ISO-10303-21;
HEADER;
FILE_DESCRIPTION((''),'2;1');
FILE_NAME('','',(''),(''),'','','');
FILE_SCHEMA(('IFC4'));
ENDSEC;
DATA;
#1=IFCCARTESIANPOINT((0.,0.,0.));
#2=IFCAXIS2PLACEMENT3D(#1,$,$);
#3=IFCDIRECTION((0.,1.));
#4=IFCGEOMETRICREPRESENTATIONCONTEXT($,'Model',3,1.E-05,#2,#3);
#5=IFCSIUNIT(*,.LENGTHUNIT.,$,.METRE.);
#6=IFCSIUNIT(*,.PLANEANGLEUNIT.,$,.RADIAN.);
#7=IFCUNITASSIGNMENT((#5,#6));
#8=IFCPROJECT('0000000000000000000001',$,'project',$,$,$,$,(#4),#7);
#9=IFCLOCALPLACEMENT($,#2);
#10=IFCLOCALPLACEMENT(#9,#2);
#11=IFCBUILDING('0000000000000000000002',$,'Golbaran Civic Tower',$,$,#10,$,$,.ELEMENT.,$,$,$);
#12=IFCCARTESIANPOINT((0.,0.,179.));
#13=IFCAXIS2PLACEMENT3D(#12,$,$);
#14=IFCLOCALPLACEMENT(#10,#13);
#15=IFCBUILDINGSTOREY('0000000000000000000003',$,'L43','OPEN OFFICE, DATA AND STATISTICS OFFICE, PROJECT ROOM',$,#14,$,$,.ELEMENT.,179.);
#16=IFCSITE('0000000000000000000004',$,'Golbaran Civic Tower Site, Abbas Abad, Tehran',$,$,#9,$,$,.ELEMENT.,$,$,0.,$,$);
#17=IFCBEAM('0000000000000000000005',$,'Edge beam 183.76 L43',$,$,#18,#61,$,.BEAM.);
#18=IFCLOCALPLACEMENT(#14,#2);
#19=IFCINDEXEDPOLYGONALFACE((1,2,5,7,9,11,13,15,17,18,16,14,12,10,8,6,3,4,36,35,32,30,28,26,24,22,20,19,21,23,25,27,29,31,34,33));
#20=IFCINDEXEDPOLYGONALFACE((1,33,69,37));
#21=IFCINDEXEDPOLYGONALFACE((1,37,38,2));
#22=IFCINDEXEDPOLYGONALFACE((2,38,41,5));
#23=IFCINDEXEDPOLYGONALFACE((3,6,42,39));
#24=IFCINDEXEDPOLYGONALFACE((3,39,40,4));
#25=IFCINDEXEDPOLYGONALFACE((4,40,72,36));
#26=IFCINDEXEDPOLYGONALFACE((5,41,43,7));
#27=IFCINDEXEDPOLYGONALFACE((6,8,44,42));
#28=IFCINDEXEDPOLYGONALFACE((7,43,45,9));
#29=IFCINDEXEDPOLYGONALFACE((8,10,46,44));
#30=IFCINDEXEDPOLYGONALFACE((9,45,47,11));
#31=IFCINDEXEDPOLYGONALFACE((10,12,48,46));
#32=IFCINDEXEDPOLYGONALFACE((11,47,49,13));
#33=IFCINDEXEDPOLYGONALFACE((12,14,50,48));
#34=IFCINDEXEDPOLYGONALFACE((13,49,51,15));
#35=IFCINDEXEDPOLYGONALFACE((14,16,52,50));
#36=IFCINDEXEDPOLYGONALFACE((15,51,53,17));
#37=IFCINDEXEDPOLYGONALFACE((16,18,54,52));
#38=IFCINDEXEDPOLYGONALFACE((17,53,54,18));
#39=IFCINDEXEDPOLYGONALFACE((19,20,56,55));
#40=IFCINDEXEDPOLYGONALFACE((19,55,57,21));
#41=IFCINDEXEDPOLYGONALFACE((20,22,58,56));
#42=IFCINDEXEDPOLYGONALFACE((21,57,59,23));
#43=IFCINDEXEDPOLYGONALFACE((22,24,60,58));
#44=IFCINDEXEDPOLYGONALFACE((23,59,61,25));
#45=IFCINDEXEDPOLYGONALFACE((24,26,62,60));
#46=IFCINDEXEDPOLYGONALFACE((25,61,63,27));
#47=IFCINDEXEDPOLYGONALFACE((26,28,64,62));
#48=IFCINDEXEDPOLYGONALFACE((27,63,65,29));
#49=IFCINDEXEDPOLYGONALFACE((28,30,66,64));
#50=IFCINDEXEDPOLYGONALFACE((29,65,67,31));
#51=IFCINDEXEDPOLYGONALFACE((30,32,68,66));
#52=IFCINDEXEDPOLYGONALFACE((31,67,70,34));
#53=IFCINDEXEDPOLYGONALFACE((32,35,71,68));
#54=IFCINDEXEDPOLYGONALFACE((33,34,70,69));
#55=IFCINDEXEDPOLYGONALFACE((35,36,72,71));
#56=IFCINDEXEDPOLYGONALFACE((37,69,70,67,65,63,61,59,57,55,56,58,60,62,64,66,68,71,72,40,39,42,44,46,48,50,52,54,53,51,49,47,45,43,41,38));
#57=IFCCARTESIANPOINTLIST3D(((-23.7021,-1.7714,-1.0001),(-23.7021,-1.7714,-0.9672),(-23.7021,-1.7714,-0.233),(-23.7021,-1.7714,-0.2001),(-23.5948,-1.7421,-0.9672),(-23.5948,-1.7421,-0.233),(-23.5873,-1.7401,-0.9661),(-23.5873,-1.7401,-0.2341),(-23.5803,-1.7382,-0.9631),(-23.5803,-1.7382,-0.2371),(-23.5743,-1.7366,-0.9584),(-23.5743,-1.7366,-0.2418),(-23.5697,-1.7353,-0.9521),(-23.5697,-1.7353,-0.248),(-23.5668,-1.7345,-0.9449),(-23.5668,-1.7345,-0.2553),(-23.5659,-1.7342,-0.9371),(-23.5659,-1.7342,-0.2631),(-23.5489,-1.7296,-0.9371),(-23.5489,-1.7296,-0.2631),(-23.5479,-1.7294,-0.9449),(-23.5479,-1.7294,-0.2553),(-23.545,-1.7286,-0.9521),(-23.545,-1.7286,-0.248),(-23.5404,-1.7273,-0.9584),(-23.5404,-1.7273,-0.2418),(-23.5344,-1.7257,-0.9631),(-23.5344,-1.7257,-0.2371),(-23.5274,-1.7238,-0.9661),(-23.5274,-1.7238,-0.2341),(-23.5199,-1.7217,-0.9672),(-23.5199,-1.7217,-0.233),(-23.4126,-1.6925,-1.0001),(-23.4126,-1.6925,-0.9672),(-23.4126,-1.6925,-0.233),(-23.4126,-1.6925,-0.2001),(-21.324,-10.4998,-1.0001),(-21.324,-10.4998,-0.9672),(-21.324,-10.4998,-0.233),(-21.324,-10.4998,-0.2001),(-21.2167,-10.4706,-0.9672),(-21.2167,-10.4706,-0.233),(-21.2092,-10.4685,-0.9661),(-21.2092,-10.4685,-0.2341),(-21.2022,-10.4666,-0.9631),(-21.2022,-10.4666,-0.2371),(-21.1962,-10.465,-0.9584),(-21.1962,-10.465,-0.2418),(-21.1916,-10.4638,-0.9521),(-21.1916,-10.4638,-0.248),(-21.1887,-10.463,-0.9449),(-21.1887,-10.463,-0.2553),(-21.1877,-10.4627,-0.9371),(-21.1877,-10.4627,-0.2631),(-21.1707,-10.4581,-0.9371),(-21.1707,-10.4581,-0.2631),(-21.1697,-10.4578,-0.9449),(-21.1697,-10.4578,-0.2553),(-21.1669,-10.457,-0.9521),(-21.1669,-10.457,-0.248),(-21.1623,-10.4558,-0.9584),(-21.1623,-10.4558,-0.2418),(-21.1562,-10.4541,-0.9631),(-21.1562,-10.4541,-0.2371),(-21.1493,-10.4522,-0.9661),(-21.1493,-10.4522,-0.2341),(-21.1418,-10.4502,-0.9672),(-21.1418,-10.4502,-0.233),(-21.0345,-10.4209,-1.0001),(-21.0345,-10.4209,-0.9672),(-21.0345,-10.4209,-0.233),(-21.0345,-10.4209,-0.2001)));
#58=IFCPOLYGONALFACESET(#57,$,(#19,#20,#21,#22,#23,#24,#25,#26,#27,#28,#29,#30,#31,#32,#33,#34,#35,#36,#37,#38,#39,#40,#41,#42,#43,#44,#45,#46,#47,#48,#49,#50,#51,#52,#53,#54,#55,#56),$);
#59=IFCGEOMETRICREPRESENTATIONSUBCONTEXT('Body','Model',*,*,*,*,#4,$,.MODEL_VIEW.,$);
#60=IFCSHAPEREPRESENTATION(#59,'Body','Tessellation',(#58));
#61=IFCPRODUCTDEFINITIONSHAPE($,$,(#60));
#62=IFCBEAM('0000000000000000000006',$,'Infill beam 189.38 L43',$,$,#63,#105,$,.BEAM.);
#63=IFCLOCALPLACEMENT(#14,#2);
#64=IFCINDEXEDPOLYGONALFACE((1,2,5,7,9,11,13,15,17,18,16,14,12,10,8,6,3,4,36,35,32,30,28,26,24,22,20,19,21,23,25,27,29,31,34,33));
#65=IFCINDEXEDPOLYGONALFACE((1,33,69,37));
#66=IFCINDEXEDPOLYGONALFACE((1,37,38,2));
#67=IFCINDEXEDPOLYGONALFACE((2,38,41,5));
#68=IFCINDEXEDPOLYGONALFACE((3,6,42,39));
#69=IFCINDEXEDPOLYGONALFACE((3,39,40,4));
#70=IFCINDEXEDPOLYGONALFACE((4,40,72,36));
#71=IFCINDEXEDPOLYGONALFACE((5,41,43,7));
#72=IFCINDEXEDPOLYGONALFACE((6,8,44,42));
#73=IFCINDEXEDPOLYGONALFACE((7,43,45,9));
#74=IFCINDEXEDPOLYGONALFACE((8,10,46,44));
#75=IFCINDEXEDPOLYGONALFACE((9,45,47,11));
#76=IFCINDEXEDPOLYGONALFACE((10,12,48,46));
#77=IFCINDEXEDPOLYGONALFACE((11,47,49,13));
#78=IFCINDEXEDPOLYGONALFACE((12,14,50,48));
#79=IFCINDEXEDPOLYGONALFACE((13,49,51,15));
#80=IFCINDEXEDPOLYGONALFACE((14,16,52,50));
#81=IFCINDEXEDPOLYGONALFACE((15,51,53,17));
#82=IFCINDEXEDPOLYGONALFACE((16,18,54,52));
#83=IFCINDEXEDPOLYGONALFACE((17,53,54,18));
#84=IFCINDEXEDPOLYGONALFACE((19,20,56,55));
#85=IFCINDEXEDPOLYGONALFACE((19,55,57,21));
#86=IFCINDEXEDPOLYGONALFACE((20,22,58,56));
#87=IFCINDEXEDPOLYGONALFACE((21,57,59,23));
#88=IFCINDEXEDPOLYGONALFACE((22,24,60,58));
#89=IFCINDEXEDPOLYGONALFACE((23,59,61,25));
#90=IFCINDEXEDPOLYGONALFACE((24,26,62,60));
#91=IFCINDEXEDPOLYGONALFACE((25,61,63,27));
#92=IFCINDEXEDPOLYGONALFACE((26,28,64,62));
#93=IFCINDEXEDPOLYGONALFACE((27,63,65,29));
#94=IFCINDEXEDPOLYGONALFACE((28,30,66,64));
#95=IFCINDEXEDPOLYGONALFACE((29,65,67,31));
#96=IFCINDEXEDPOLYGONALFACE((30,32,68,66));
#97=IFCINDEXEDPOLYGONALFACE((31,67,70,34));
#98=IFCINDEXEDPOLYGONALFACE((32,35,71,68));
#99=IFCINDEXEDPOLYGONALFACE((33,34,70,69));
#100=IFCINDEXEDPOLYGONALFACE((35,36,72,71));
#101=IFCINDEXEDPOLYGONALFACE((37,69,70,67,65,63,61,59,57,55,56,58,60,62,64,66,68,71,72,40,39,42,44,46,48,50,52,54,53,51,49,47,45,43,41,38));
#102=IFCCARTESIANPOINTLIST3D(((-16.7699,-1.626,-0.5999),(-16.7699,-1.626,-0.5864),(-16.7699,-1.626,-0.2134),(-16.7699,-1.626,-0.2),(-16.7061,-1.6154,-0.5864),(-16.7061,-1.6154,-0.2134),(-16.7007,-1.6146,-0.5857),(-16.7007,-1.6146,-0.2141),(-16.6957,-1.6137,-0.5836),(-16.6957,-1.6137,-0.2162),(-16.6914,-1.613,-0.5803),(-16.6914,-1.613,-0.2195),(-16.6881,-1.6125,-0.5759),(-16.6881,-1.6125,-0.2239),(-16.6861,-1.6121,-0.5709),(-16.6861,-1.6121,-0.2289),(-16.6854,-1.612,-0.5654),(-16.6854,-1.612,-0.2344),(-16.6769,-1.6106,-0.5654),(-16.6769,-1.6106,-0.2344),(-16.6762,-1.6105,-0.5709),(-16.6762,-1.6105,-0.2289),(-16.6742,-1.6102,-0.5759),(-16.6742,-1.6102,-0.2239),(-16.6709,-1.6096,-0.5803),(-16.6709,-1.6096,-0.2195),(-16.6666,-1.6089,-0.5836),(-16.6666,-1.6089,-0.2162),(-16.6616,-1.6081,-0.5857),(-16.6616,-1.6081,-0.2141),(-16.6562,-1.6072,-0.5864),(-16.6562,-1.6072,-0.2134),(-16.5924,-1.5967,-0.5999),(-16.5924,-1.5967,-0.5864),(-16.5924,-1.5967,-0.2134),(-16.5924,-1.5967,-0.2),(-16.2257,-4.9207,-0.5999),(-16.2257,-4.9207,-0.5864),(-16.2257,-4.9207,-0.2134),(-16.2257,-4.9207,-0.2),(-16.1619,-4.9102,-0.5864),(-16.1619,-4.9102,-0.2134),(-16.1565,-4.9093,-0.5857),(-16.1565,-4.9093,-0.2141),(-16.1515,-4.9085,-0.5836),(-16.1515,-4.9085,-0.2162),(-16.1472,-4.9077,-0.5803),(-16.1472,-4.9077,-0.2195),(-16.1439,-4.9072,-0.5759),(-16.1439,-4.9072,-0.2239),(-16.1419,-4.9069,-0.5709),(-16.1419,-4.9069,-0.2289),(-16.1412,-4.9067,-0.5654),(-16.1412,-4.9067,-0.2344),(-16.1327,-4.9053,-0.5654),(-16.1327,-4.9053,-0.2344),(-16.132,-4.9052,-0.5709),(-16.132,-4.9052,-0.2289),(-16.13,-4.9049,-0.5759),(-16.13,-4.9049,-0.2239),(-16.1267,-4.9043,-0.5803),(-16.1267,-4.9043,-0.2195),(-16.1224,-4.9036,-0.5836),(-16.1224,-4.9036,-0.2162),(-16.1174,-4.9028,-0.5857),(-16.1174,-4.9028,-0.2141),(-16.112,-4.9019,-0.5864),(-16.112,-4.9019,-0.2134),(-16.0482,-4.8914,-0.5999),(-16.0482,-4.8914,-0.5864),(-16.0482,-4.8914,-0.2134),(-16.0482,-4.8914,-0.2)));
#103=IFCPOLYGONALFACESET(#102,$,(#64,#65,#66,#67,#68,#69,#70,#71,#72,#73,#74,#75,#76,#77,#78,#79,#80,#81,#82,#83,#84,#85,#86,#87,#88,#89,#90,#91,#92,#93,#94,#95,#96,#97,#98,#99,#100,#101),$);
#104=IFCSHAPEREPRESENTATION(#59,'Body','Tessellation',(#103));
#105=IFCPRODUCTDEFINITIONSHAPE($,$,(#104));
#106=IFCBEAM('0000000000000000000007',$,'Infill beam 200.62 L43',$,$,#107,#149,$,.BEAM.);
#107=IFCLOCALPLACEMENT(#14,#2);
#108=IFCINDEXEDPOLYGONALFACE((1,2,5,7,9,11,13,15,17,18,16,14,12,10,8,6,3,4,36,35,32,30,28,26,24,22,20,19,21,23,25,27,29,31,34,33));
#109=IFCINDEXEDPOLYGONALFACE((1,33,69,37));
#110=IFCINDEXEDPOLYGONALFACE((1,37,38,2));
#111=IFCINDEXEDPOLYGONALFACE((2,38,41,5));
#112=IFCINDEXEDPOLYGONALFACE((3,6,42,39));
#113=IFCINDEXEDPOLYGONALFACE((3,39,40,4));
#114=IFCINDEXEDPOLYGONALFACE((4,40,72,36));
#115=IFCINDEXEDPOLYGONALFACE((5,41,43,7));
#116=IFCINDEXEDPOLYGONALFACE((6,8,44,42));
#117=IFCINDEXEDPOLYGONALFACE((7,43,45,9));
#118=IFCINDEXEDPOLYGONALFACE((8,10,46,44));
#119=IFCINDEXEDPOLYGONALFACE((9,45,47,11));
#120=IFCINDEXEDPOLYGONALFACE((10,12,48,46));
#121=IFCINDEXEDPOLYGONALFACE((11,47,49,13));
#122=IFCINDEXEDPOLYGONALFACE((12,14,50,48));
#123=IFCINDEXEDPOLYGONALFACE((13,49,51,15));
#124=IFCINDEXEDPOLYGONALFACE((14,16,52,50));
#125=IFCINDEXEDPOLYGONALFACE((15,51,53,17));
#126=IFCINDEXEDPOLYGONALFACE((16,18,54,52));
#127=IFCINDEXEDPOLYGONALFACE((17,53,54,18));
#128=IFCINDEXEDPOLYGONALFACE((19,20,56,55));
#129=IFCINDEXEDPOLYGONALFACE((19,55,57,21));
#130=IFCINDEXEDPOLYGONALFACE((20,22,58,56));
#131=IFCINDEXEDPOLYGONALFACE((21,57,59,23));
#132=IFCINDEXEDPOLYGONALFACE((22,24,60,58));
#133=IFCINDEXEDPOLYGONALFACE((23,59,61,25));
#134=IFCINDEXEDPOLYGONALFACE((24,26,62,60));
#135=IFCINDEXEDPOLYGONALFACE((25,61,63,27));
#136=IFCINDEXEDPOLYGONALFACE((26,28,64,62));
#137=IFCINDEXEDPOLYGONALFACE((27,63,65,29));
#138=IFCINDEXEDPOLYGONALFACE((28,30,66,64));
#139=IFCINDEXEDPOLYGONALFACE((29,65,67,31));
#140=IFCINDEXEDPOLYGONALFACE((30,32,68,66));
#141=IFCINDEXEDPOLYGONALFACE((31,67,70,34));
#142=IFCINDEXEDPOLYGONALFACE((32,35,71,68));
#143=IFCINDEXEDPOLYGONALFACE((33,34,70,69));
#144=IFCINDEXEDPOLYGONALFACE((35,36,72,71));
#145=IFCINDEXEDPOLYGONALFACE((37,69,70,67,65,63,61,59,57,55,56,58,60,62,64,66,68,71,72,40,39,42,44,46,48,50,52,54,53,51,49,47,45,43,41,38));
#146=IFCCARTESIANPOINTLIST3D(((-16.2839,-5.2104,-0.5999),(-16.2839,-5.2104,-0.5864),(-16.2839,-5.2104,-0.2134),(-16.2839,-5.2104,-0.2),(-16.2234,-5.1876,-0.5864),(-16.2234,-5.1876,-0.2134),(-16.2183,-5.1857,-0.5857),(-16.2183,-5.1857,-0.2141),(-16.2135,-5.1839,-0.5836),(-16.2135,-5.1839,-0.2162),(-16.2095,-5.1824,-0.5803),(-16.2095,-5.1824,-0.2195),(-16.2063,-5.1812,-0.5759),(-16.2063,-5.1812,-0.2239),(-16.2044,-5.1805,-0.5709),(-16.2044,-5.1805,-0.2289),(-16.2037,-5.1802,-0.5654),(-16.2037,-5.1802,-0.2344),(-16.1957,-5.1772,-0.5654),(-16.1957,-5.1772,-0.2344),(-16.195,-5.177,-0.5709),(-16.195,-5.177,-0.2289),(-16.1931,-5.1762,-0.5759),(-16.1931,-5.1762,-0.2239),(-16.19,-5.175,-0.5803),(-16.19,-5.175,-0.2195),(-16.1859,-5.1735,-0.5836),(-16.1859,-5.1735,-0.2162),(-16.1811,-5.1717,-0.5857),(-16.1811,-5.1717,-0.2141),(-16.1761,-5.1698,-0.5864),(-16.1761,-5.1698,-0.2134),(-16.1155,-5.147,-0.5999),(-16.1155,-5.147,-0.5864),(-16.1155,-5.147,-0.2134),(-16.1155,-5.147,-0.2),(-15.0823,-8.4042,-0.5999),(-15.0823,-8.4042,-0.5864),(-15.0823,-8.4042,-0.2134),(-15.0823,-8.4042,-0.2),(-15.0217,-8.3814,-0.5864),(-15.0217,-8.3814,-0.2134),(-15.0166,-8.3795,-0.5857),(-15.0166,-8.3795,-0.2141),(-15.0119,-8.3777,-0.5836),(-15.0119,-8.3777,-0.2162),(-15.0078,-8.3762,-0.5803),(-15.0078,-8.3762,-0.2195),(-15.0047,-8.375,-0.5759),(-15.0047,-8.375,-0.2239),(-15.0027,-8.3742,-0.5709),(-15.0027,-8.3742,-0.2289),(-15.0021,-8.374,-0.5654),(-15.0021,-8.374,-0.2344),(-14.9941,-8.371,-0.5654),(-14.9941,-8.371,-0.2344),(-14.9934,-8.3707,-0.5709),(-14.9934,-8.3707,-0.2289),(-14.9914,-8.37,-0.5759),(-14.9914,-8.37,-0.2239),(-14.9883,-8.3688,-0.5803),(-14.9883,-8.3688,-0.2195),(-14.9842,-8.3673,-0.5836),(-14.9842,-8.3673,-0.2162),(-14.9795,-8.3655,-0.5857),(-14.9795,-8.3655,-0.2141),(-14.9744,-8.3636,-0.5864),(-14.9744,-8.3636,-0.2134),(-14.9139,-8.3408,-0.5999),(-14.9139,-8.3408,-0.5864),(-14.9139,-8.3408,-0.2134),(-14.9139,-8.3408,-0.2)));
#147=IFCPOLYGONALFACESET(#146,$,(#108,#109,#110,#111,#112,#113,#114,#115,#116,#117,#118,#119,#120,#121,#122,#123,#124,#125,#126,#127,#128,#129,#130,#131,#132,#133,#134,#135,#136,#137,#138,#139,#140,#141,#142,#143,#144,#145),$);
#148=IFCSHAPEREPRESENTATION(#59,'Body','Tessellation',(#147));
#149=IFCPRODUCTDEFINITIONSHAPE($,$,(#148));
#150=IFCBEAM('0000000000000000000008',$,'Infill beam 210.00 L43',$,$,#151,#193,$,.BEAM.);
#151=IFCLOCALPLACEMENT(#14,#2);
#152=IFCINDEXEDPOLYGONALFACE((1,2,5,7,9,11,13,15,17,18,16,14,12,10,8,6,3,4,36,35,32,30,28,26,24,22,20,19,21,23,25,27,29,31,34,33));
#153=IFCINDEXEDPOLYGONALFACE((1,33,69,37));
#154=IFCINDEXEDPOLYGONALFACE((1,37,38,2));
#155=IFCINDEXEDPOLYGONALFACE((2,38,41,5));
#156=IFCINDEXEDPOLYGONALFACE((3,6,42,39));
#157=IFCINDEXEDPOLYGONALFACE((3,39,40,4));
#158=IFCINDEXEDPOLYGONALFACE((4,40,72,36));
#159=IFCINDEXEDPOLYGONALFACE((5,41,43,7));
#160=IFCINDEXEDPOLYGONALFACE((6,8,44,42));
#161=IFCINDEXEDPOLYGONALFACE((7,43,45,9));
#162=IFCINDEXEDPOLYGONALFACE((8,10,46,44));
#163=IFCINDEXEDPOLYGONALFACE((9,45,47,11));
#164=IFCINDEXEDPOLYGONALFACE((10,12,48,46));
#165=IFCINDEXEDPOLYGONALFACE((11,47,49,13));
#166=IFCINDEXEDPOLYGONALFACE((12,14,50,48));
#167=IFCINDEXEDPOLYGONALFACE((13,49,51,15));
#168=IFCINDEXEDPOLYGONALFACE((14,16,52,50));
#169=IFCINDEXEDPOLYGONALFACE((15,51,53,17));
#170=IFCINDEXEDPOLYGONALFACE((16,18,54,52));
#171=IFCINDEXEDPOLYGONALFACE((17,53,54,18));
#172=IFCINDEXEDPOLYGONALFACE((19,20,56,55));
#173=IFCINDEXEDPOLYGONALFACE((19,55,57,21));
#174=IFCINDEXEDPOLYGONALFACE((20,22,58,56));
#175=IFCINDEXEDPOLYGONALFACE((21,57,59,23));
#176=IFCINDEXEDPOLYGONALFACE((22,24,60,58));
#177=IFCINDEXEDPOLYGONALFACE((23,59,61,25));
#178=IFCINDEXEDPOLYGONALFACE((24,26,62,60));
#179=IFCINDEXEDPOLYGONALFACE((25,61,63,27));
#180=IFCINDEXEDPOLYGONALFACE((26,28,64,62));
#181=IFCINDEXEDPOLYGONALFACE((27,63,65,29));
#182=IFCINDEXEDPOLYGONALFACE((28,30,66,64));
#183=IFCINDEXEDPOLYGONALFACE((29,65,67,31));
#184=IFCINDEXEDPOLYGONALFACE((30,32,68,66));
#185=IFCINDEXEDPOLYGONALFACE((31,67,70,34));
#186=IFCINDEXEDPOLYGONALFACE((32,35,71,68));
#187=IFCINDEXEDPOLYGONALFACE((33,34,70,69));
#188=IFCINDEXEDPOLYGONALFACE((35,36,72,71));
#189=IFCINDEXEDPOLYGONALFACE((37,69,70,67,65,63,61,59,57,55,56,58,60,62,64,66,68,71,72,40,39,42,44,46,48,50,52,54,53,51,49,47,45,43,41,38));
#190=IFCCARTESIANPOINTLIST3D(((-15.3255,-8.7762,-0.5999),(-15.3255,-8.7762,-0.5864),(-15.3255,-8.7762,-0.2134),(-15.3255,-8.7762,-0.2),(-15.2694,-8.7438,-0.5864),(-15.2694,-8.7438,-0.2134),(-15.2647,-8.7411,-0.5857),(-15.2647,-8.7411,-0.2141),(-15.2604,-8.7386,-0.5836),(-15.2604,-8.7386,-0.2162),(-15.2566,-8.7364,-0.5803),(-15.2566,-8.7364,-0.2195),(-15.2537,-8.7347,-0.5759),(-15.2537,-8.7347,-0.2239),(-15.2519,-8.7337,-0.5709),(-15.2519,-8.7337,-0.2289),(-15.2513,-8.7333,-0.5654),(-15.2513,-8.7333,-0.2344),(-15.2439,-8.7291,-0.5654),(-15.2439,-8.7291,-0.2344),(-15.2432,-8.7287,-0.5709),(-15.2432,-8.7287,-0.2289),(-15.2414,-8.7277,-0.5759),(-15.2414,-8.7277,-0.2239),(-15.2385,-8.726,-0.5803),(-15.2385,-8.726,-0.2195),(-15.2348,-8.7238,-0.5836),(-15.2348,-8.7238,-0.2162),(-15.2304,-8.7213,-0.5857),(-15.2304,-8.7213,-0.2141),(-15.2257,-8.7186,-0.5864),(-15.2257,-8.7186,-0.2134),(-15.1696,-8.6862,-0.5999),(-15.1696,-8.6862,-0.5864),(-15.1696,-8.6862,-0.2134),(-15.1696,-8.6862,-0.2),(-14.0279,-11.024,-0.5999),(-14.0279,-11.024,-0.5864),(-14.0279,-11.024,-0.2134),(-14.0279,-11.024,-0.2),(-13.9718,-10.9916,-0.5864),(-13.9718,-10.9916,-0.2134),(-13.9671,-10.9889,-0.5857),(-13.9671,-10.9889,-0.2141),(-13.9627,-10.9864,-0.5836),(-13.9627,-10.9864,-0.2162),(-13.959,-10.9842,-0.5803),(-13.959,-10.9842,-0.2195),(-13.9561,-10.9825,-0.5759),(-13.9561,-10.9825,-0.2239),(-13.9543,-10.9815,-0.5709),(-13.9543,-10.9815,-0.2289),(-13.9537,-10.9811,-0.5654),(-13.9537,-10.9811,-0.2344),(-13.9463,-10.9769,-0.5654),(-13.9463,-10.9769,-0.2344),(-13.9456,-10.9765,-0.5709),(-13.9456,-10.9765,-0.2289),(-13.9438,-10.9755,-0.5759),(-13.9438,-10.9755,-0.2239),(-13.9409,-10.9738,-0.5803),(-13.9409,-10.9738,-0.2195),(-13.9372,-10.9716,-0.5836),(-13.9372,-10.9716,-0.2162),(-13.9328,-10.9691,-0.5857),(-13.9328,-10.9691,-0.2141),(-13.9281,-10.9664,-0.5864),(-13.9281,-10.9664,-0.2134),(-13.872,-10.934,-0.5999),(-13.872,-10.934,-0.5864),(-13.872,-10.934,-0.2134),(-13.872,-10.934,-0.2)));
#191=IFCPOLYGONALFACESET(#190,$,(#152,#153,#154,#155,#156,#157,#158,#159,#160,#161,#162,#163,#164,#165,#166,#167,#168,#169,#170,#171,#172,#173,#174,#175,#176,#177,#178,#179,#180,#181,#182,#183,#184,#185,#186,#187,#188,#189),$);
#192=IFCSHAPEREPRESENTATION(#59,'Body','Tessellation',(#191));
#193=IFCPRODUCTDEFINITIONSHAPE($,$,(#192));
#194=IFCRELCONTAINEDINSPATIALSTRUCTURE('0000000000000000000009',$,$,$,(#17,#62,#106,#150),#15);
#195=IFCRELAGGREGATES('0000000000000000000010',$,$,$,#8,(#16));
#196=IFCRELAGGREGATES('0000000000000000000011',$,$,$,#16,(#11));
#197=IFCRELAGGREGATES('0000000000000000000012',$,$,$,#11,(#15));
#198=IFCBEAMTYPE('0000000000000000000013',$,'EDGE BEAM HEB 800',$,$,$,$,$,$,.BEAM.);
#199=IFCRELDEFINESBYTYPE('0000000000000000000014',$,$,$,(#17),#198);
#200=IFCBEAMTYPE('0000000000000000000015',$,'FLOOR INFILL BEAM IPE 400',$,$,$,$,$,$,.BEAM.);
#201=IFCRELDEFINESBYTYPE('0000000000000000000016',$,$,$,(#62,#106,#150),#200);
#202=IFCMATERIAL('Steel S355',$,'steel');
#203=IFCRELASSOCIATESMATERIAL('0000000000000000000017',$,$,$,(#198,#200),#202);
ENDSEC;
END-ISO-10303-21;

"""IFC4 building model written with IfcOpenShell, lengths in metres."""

from ifc_helpers import new_model, si_unit, direction, frame, origin, origin_2d, place, context, subcontext, project, spatial, i_section, extrude, material, material_profile, profile_set, type_object, element, save


model = new_model("IFC4")

# Units and contexts
model_context = context("Model", 3, precision=1e-05, world=origin(), true_north=direction((0.0, 1.0)))
body_context = subcontext(model_context, "Body", "Model", "MODEL_VIEW")
ifc_project = project(units=[si_unit("LENGTHUNIT", "METRE"), si_unit("PLANEANGLEUNIT", "RADIAN")], contexts=[model_context])

# Site, building, storey
site_placement = place(None, origin())
site = spatial("IfcSite", under=ifc_project, at=site_placement, Name="Golbaran Civic Tower Site, Abbas Abad, Tehran", CompositionType="ELEMENT", RefElevation=0.0)
building_placement = place(site_placement, origin())
building = spatial("IfcBuilding", under=site, at=building_placement, Name="Golbaran Civic Tower", CompositionType="ELEMENT")
storey_placement = place(building_placement, frame((0.0, 0.0, 179.0)))
storey = spatial("IfcBuildingStorey", under=building, at=storey_placement, Name="L43", Description="OPEN OFFICE, DATA AND STATISTICS OFFICE, PROJECT ROOM", CompositionType="ELEMENT", Elevation=179.0)

# Beams
ifc_material_1 = material(Name="Steel S355", Category="steel")
ifc_material_profile_1 = material_profile(ifc_material_1, i_section(OverallWidth=0.3, OverallDepth=0.8, WebThickness=0.0176, FlangeThickness=0.033, FilletRadius=0.03, at=origin_2d()), Name="HEB 800")
ifc_profile_set_1 = profile_set([ifc_material_profile_1], Name="Steel S355")
beam_type_1 = type_object("IfcBeamType", Name="EDGE BEAM HEB 800", PredefinedType="BEAM", material=ifc_profile_set_1)
beam_1_placement = place(storey_placement, frame((-23.5574, -1.7319, -0.6001), z_axis=(0.262878, -0.964829, 0.0), x_axis=(0.964829, 0.262878, 0.0)))
element("IfcBeam", 1, at=beam_1_placement, inside=storey, type_object=beam_type_1, Name="Edge beam 183.76 L43", PredefinedType="BEAM", context=body_context, shape_type="SweptSolid", body=[
    extrude(i_section(OverallWidth=0.3, OverallDepth=0.8, WebThickness=0.0176, FlangeThickness=0.033, FilletRadius=0.03, at=origin_2d()), origin(), (0.0, 0.0, 1.0), 9.0466),
])
ifc_material_profile_2 = material_profile(ifc_material_1, i_section(OverallWidth=0.1799, OverallDepth=0.3999, WebThickness=0.0085, FlangeThickness=0.0134, FilletRadius=0.021, at=origin_2d()), Name="IPE 400")
ifc_profile_set_2 = profile_set([ifc_material_profile_2], Name="Steel S355")
beam_type_2 = type_object("IfcBeamType", Name="FLOOR INFILL BEAM IPE 400", PredefinedType="BEAM", material=ifc_profile_set_2)
beam_2_placement = place(storey_placement, frame((-16.6812, -1.6113, -0.3999), z_axis=(0.162964, -0.986632, 0.0), x_axis=(0.986632, 0.162964, 0.0)))
element("IfcBeam", 2, at=beam_2_placement, inside=storey, type_object=beam_type_2, Name="Infill beam 189.38 L43", PredefinedType="BEAM", context=body_context, shape_type="SweptSolid", body=[
    extrude(i_section(OverallWidth=0.1799, OverallDepth=0.3999, WebThickness=0.0085, FlangeThickness=0.0134, FilletRadius=0.021, at=origin_2d()), origin(), (0.0, 0.0, 1.0), 3.3394),
])
beam_3_placement = place(storey_placement, frame((-16.1997, -5.1787, -0.3999), z_axis=(0.352142, -0.935946, 0.0), x_axis=(0.935946, 0.352142, 0.0)))
element("IfcBeam", 3, at=beam_3_placement, inside=storey, type_object=beam_type_2, Name="Infill beam 200.62 L43", PredefinedType="BEAM", context=body_context, shape_type="SweptSolid", body=[
    extrude(i_section(OverallWidth=0.1799, OverallDepth=0.3999, WebThickness=0.0085, FlangeThickness=0.0134, FilletRadius=0.021, at=origin_2d()), origin(), (0.0, 0.0, 1.0), 3.4124),
])
beam_4_placement = place(storey_placement, frame((-15.2476, -8.7312, -0.3999), z_axis=(0.499953, -0.866052, 0.0), x_axis=(0.866052, 0.499953, 0.0)))
element("IfcBeam", 4, at=beam_4_placement, inside=storey, type_object=beam_type_2, Name="Infill beam 210.00 L43", PredefinedType="BEAM", context=body_context, shape_type="SweptSolid", body=[
    extrude(i_section(OverallWidth=0.1799, OverallDepth=0.3999, WebThickness=0.0085, FlangeThickness=0.0134, FilletRadius=0.021, at=origin_2d()), origin(), (0.0, 0.0, 1.0), 2.5955),
])

save(model, "model.ifc")
